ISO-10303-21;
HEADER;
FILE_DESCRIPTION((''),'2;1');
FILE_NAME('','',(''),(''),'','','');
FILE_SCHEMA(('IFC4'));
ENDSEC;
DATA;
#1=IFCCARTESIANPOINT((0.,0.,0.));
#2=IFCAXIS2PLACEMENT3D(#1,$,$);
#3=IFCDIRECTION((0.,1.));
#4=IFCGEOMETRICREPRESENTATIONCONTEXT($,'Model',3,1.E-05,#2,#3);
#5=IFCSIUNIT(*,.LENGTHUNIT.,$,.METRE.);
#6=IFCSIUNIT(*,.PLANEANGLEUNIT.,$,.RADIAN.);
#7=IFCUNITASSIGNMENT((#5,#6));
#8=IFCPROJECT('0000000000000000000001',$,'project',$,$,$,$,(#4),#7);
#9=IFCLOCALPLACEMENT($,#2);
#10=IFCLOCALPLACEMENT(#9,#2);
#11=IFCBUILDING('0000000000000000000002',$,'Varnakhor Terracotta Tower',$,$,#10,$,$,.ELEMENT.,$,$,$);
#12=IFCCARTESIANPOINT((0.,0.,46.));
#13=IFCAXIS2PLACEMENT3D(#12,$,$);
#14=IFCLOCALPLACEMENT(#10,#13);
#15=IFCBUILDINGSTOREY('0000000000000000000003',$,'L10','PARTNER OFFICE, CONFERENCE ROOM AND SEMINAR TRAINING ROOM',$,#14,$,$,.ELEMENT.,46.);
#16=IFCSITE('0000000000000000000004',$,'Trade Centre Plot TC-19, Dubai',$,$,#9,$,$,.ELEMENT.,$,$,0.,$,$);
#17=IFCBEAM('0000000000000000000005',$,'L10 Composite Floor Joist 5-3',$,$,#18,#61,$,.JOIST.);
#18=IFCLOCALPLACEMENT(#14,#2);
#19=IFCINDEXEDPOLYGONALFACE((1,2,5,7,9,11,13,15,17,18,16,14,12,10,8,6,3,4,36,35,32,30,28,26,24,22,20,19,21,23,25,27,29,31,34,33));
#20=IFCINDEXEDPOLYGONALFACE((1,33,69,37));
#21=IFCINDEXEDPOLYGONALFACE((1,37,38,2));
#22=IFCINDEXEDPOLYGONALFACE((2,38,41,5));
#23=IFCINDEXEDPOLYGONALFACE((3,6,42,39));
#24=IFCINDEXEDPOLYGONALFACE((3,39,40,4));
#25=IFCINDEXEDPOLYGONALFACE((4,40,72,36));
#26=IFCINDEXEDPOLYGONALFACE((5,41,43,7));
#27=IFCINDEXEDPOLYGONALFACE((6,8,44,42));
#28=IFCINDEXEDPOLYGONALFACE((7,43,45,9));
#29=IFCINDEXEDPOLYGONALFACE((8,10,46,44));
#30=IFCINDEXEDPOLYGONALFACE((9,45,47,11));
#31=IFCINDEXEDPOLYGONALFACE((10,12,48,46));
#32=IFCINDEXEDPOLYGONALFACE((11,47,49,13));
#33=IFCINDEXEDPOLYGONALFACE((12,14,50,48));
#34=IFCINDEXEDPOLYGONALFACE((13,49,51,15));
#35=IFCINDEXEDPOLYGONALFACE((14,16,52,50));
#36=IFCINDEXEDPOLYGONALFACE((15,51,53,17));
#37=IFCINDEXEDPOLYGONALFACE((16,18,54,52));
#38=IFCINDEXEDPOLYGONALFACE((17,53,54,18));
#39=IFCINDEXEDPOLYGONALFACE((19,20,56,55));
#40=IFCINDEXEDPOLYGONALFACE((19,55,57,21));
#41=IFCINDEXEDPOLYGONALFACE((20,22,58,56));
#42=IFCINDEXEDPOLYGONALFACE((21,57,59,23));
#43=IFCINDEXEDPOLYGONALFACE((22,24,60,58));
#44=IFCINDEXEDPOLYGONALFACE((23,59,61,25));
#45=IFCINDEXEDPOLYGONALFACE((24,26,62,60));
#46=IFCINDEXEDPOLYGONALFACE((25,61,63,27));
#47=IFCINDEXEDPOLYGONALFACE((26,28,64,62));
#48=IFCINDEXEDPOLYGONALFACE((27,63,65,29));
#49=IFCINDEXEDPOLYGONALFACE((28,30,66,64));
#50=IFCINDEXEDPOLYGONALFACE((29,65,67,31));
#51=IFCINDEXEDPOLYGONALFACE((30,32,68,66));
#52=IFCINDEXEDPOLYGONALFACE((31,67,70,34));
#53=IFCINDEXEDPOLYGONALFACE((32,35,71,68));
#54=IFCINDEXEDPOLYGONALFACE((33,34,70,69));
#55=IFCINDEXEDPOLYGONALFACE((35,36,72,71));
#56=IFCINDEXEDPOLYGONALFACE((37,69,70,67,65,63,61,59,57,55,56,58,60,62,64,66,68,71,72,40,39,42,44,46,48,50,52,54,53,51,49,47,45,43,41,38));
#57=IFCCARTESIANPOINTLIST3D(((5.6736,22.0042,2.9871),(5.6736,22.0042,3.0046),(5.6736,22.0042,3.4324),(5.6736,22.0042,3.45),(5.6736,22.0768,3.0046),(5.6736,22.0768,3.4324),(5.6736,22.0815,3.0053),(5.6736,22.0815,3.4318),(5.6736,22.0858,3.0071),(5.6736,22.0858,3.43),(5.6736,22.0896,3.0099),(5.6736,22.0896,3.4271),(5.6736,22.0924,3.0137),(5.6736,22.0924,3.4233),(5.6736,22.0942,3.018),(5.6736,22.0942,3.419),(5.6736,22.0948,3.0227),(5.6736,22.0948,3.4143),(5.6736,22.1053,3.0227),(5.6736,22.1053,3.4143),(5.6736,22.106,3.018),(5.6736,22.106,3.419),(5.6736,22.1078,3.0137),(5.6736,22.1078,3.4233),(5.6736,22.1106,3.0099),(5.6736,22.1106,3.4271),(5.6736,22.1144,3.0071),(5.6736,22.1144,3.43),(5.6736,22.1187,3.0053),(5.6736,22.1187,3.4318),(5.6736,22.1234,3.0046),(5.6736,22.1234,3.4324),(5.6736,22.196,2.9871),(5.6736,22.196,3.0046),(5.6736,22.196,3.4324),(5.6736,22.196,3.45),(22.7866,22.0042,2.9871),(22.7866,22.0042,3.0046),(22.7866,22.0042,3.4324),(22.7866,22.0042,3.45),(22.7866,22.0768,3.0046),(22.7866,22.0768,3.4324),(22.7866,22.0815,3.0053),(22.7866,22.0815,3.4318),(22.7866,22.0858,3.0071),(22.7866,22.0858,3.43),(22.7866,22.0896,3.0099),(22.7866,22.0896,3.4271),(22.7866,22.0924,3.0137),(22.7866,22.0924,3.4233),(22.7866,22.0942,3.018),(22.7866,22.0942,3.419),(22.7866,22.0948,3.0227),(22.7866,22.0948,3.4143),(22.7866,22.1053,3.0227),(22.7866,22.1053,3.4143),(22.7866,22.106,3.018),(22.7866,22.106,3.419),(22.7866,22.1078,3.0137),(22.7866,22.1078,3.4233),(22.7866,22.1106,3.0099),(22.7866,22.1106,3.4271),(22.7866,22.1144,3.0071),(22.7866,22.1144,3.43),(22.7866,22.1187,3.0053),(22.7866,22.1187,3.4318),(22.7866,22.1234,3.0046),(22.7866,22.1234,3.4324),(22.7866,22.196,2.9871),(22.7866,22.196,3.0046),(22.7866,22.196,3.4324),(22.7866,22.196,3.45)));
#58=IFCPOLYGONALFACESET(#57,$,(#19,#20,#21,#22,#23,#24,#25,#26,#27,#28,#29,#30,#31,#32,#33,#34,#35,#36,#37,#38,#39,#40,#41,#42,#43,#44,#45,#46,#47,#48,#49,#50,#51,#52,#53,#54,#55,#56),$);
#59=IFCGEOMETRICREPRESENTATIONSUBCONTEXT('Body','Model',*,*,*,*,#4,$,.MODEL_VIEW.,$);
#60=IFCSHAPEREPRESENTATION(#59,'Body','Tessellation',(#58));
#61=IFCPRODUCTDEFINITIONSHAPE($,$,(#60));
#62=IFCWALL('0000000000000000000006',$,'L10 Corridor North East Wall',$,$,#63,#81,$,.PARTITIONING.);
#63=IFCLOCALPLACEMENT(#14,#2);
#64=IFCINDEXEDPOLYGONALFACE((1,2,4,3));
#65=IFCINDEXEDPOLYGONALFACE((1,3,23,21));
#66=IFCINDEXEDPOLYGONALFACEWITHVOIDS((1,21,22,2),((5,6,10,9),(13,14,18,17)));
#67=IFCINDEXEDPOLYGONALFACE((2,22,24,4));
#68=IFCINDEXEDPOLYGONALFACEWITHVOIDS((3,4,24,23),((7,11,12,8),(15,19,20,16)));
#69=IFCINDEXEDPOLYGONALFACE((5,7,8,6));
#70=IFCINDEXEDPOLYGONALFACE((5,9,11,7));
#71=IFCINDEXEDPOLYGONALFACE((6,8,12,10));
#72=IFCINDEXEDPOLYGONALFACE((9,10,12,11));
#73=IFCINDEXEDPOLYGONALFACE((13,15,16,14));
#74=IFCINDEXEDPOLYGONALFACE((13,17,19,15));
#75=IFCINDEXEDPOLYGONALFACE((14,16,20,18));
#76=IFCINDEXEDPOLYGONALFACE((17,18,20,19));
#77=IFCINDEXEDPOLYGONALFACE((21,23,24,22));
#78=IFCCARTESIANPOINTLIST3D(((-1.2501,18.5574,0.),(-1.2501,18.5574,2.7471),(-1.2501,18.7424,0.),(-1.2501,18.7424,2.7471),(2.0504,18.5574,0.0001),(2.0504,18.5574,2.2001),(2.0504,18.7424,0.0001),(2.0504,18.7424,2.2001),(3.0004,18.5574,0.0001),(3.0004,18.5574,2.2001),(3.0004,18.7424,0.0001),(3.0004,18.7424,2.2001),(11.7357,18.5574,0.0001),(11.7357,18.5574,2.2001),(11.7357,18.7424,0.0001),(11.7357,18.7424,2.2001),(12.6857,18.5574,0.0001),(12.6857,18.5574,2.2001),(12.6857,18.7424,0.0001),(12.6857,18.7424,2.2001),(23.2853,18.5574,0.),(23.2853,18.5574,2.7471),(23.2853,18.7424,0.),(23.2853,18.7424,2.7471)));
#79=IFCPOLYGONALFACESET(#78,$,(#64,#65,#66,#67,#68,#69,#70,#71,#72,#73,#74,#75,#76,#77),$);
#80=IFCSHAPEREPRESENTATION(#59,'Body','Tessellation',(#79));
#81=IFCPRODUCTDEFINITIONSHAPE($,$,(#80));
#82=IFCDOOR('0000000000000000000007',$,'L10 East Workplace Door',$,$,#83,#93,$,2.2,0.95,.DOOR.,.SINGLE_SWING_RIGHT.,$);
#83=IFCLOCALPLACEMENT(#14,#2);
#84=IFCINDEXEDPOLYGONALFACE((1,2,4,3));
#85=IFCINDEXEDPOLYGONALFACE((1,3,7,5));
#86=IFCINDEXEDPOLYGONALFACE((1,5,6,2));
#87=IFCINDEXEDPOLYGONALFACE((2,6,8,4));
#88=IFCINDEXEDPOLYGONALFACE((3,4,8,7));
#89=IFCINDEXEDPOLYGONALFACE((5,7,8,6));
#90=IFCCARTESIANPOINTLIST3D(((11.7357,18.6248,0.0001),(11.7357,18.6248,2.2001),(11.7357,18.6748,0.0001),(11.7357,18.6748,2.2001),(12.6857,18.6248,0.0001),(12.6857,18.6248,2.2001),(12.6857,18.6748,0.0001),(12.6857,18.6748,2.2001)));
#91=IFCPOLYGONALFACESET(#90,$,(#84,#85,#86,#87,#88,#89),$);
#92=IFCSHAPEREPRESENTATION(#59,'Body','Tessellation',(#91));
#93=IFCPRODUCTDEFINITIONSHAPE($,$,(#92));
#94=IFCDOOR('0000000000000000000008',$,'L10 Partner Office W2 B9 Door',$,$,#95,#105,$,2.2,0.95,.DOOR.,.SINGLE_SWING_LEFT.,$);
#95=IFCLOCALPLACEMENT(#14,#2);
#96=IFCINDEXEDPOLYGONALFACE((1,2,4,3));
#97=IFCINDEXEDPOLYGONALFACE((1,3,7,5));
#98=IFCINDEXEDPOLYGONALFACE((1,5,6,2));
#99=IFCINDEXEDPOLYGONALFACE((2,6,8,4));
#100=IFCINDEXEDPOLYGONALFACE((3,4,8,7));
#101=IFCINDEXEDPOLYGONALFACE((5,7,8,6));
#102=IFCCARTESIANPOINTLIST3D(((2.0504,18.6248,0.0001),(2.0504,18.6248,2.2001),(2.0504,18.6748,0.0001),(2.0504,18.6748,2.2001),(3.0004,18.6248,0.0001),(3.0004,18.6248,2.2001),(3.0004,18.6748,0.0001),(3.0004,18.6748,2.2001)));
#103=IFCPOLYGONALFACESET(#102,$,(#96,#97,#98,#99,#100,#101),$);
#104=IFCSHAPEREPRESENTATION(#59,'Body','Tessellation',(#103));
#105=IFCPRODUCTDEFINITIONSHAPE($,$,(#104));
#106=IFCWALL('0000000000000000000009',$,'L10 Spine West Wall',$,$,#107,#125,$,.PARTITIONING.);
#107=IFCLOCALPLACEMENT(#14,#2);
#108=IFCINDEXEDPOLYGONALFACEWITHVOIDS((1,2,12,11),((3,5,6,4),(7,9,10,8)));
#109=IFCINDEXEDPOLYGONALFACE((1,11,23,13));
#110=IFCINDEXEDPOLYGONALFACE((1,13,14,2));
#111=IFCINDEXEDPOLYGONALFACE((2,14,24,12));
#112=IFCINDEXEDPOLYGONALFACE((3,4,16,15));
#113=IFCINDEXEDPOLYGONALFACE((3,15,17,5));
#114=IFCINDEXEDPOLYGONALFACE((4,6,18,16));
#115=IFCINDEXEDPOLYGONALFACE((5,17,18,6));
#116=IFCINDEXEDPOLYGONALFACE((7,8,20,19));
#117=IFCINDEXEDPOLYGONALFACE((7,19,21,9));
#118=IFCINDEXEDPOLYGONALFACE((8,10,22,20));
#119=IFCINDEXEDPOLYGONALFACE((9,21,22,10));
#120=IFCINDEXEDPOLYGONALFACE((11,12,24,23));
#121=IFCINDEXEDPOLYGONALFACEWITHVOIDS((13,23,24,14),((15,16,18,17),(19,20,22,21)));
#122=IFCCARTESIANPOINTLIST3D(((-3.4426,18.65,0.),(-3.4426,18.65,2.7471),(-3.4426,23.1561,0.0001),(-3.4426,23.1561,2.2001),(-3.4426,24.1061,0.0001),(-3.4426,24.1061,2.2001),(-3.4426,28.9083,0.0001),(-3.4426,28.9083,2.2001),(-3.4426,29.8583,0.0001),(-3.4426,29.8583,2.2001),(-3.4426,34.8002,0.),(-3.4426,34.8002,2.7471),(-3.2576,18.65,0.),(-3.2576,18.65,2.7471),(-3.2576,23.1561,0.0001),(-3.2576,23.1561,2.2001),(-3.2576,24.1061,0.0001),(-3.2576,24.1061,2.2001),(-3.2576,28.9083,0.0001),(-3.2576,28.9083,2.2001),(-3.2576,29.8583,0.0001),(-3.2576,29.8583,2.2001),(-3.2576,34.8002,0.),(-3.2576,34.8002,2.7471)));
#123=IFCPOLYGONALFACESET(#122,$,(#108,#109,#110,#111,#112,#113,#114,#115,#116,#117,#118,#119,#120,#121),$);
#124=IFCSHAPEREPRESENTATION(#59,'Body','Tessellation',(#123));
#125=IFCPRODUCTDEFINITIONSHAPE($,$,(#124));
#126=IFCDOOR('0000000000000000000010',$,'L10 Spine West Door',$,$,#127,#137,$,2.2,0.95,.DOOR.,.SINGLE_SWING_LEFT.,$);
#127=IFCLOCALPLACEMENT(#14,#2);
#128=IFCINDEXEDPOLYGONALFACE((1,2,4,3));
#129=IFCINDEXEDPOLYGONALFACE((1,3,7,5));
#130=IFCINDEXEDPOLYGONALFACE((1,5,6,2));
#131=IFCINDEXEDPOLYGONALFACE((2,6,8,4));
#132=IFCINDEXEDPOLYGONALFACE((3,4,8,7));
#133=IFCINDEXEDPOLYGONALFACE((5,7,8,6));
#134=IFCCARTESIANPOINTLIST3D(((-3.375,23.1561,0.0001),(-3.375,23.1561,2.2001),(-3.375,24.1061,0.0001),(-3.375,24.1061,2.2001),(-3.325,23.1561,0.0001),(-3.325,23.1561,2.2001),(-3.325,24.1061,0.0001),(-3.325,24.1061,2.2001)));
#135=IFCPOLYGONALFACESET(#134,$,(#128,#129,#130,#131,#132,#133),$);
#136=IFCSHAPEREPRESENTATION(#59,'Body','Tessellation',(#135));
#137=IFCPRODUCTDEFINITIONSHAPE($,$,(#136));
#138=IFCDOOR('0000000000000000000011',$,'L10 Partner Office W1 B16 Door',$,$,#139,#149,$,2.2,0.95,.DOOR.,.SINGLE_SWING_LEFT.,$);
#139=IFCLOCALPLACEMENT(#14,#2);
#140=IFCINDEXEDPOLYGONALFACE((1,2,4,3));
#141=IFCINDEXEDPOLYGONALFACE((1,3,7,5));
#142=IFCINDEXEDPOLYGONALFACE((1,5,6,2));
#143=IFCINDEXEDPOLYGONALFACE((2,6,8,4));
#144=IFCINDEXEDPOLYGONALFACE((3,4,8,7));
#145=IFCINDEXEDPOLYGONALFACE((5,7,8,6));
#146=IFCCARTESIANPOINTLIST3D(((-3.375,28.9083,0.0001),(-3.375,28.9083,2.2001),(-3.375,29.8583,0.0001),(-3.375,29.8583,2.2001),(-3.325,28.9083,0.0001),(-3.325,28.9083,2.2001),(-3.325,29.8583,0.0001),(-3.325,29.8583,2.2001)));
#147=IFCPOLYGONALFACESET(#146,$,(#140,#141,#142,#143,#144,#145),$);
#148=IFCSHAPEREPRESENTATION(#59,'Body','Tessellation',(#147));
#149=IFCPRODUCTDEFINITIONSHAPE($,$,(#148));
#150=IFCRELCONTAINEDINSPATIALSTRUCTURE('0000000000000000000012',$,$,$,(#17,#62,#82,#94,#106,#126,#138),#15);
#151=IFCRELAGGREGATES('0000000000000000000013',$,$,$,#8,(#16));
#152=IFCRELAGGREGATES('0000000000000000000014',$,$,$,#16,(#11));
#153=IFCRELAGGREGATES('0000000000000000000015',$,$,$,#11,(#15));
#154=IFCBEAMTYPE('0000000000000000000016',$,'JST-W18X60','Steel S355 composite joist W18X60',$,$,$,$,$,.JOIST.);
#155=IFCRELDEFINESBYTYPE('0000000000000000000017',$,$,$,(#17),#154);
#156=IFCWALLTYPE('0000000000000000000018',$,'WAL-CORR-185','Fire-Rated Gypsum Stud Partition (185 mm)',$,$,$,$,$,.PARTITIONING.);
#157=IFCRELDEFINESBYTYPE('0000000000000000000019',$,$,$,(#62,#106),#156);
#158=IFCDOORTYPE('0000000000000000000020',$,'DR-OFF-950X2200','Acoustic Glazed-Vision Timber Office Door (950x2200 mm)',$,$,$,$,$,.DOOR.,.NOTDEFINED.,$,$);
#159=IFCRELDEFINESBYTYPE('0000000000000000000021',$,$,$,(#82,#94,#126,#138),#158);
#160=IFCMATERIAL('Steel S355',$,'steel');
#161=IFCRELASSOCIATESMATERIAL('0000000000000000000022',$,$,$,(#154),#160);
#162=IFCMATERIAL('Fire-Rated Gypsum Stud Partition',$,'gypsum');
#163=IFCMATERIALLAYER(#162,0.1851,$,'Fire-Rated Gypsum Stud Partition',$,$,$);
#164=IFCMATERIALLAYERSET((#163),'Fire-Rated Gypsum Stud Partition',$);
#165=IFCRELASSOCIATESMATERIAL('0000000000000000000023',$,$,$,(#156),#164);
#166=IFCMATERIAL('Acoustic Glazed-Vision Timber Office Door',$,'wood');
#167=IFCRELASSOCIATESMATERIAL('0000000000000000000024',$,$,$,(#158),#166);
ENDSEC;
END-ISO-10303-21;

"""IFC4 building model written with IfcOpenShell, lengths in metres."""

from ifc_helpers import new_model, si_unit, direction, frame, frame_2d, origin, origin_2d, place, context, subcontext, project, spatial, rectangle, i_section, extrude, source, transform, mapped, material, layer, layer_set, material_profile, profile_set, type_object, type_shapes, element, fill, save


model = new_model("IFC4")

# Units and contexts
model_context = context("Model", 3, precision=1e-05, world=origin(), true_north=direction((0.0, 1.0)))
body_context = subcontext(model_context, "Body", "Model", "MODEL_VIEW")
ifc_project = project(units=[si_unit("LENGTHUNIT", "METRE"), si_unit("PLANEANGLEUNIT", "RADIAN")], contexts=[model_context])

# Site, building, storey
site_placement = place(None, origin())
site = spatial("IfcSite", under=ifc_project, at=site_placement, Name="Trade Centre Plot TC-19, Dubai", CompositionType="ELEMENT", RefElevation=0.0)
building_placement = place(site_placement, origin())
building = spatial("IfcBuilding", under=site, at=building_placement, Name="Varnakhor Terracotta Tower", CompositionType="ELEMENT")
storey_placement = place(building_placement, frame((0.0, 0.0, 46.0)))
storey = spatial("IfcBuildingStorey", under=building, at=storey_placement, Name="L10", Description="PARTNER OFFICE, CONFERENCE ROOM AND SEMINAR TRAINING ROOM", CompositionType="ELEMENT", Elevation=46.0)

# Beam
ifc_material_1 = material(Name="Steel S355", Category="steel")
ifc_material_profile_1 = material_profile(ifc_material_1, i_section(OverallWidth=0.1919, OverallDepth=0.4629, WebThickness=0.0105, FlangeThickness=0.0176, FilletRadius=0.0181, at=origin_2d()), Name="W18X60")
ifc_profile_set_1 = profile_set([ifc_material_profile_1], Name="Steel S355")
beam_type_1 = type_object("IfcBeamType", Name="JST-W18X60", Description="Steel S355 composite joist W18X60", PredefinedType="JOIST", material=ifc_profile_set_1)
shared_shape_1 = source(origin(), body_context, "Body", "SweptSolid", [
    extrude(i_section(OverallWidth=0.1919, OverallDepth=0.4629, WebThickness=0.0105, FlangeThickness=0.0176, FilletRadius=0.0181, at=origin_2d()), origin(), (0.0, 0.0, 1.0), 17.113),
])
beam_1_placement = place(storey_placement, frame((5.6736, 22.1001, 3.2185), z_axis=(1.0, 0.0, 0.0), x_axis=(0.0, 1.0, 0.0)))
element("IfcBeam", 1, at=beam_1_placement, inside=storey, type_object=beam_type_1, Name="L10 Composite Floor Joist 5-3", PredefinedType="JOIST", context=body_context, shape_type="MappedRepresentation", body=[
    mapped(shared_shape_1, transform((0.0, 0.0, 0.0), scale=1.0)),
])

# Walls, openings, doors
ifc_material_2 = material(Name="Fire-Rated Gypsum Stud Partition", Category="gypsum")
ifc_layer_1 = layer(ifc_material_2, 0.1851, Name="Fire-Rated Gypsum Stud Partition")
ifc_layer_set_1 = layer_set([ifc_layer_1], Name="Fire-Rated Gypsum Stud Partition")
wall_type_1 = type_object("IfcWallType", Name="WAL-CORR-185", Description="Fire-Rated Gypsum Stud Partition (185 mm)", PredefinedType="PARTITIONING", material=ifc_layer_set_1)
wall_1_placement = place(storey_placement, frame((-1.25, 18.6499, 0.0), z_axis=(0.0, 0.0, 1.0), x_axis=(1.0, 0.0, 0.0)))
wall_1 = element("IfcWall", 2, at=wall_1_placement, inside=storey, type_object=wall_type_1, Name="L10 Corridor North East Wall", PredefinedType="PARTITIONING", context=body_context, shape_type="SweptSolid", body=[
    extrude(rectangle(XDim=24.5354, YDim=0.1851, at=frame_2d((12.2676, 0.0))), origin(), (0.0, 0.0, 1.0), 2.7471),
])
opening_1_placement = place(wall_1_placement, frame((12.9856, 0.0, 0.0)))
opening_1 = element("IfcOpeningElement", 3, at=opening_1_placement, cuts=wall_1, PredefinedType="OPENING", context=body_context, shape_type="SweptSolid", body=[
    extrude(rectangle(XDim=0.95, YDim=2.2, at=frame_2d((0.4751, 1.1001))), frame((0.0, 0.1025, 0.0), z_axis=(0.0, -1.0, 0.0), x_axis=(1.0, 0.0, 0.0)), (0.0, 0.0, 1.0), 0.2051),
])
opening_2_placement = place(wall_1_placement, frame((3.3003, 0.0, 0.0)))
opening_2 = element("IfcOpeningElement", 4, at=opening_2_placement, cuts=wall_1, PredefinedType="OPENING", context=body_context, shape_type="SweptSolid", body=[
    extrude(rectangle(XDim=0.95, YDim=2.2, at=frame_2d((0.4751, 1.1001))), frame((0.0, 0.1025, 0.0), z_axis=(0.0, -1.0, 0.0), x_axis=(1.0, 0.0, 0.0)), (0.0, 0.0, 1.0), 0.2051),
])
ifc_material_3 = material(Name="Acoustic Glazed-Vision Timber Office Door", Category="wood")
door_type_1 = type_object("IfcDoorType", Name="DR-OFF-950X2200", Description="Acoustic Glazed-Vision Timber Office Door (950x2200 mm)", OperationType="NOTDEFINED", PredefinedType="DOOR", material=ifc_material_3)
shared_shape_2 = source(origin(), body_context, "Body", "SweptSolid", [
    extrude(rectangle(XDim=0.95, YDim=2.2, at=frame_2d((0.4751, 1.1001))), frame((0.0, 0.0249, 0.0), z_axis=(0.0, -1.0, 0.0), x_axis=(1.0, 0.0, 0.0)), (0.0, 0.0, 1.0), 0.05),
])
type_shapes(door_type_1, [shared_shape_2])
door_1_placement = place(opening_1_placement, origin())
door_1 = element("IfcDoor", 5, at=door_1_placement, inside=storey, type_object=door_type_1, Name="L10 East Workplace Door", OperationType="SINGLE_SWING_RIGHT", OverallHeight=2.2, OverallWidth=0.95, PredefinedType="DOOR", context=body_context, shape_type="MappedRepresentation", body=[
    mapped(shared_shape_2, transform((0.0, 0.0, 0.0), scale=1.0)),
])
fill(opening_1, door_1)
door_2_placement = place(opening_2_placement, origin())
door_2 = element("IfcDoor", 6, at=door_2_placement, inside=storey, type_object=door_type_1, Name="L10 Partner Office W2 B9 Door", OperationType="SINGLE_SWING_LEFT", OverallHeight=2.2, OverallWidth=0.95, PredefinedType="DOOR", context=body_context, shape_type="MappedRepresentation", body=[
    mapped(shared_shape_2, transform((0.0, 0.0, 0.0), scale=1.0)),
])
fill(opening_2, door_2)
wall_2_placement = place(storey_placement, frame((-3.3501, 18.6499, 0.0), z_axis=(0.0, 0.0, 1.0), x_axis=(0.0, 1.0, 0.0)))
wall_2 = element("IfcWall", 7, at=wall_2_placement, inside=storey, type_object=wall_type_1, Name="L10 Spine West Wall", PredefinedType="PARTITIONING", context=body_context, shape_type="SweptSolid", body=[
    extrude(rectangle(XDim=16.1501, YDim=0.1851, at=frame_2d((8.0752, 0.0))), origin(), (0.0, 0.0, 1.0), 2.7471),
])
opening_3_placement = place(wall_2_placement, frame((4.5061, 0.0, 0.0)))
opening_3 = element("IfcOpeningElement", 8, at=opening_3_placement, cuts=wall_2, PredefinedType="OPENING", context=body_context, shape_type="SweptSolid", body=[
    extrude(rectangle(XDim=0.95, YDim=2.2, at=frame_2d((0.4751, 1.1001))), frame((0.0, 0.1025, 0.0), z_axis=(0.0, -1.0, 0.0), x_axis=(1.0, 0.0, 0.0)), (0.0, 0.0, 1.0), 0.2051),
])
opening_4_placement = place(wall_2_placement, frame((10.2583, 0.0, 0.0)))
opening_4 = element("IfcOpeningElement", 9, at=opening_4_placement, cuts=wall_2, PredefinedType="OPENING", context=body_context, shape_type="SweptSolid", body=[
    extrude(rectangle(XDim=0.95, YDim=2.2, at=frame_2d((0.4751, 1.1001))), frame((0.0, 0.1025, 0.0), z_axis=(0.0, -1.0, 0.0), x_axis=(1.0, 0.0, 0.0)), (0.0, 0.0, 1.0), 0.2051),
])
door_3_placement = place(opening_3_placement, origin())
door_3 = element("IfcDoor", 10, at=door_3_placement, inside=storey, type_object=door_type_1, Name="L10 Spine West Door", OperationType="SINGLE_SWING_LEFT", OverallHeight=2.2, OverallWidth=0.95, PredefinedType="DOOR", context=body_context, shape_type="MappedRepresentation", body=[
    mapped(shared_shape_2, transform((0.0, 0.0, 0.0), scale=1.0)),
])
fill(opening_3, door_3)
door_4_placement = place(opening_4_placement, origin())
door_4 = element("IfcDoor", 11, at=door_4_placement, inside=storey, type_object=door_type_1, Name="L10 Partner Office W1 B16 Door", OperationType="SINGLE_SWING_LEFT", OverallHeight=2.2, OverallWidth=0.95, PredefinedType="DOOR", context=body_context, shape_type="MappedRepresentation", body=[
    mapped(shared_shape_2, transform((0.0, 0.0, 0.0), scale=1.0)),
])
fill(opening_4, door_4)

save(model, "model.ifc")
